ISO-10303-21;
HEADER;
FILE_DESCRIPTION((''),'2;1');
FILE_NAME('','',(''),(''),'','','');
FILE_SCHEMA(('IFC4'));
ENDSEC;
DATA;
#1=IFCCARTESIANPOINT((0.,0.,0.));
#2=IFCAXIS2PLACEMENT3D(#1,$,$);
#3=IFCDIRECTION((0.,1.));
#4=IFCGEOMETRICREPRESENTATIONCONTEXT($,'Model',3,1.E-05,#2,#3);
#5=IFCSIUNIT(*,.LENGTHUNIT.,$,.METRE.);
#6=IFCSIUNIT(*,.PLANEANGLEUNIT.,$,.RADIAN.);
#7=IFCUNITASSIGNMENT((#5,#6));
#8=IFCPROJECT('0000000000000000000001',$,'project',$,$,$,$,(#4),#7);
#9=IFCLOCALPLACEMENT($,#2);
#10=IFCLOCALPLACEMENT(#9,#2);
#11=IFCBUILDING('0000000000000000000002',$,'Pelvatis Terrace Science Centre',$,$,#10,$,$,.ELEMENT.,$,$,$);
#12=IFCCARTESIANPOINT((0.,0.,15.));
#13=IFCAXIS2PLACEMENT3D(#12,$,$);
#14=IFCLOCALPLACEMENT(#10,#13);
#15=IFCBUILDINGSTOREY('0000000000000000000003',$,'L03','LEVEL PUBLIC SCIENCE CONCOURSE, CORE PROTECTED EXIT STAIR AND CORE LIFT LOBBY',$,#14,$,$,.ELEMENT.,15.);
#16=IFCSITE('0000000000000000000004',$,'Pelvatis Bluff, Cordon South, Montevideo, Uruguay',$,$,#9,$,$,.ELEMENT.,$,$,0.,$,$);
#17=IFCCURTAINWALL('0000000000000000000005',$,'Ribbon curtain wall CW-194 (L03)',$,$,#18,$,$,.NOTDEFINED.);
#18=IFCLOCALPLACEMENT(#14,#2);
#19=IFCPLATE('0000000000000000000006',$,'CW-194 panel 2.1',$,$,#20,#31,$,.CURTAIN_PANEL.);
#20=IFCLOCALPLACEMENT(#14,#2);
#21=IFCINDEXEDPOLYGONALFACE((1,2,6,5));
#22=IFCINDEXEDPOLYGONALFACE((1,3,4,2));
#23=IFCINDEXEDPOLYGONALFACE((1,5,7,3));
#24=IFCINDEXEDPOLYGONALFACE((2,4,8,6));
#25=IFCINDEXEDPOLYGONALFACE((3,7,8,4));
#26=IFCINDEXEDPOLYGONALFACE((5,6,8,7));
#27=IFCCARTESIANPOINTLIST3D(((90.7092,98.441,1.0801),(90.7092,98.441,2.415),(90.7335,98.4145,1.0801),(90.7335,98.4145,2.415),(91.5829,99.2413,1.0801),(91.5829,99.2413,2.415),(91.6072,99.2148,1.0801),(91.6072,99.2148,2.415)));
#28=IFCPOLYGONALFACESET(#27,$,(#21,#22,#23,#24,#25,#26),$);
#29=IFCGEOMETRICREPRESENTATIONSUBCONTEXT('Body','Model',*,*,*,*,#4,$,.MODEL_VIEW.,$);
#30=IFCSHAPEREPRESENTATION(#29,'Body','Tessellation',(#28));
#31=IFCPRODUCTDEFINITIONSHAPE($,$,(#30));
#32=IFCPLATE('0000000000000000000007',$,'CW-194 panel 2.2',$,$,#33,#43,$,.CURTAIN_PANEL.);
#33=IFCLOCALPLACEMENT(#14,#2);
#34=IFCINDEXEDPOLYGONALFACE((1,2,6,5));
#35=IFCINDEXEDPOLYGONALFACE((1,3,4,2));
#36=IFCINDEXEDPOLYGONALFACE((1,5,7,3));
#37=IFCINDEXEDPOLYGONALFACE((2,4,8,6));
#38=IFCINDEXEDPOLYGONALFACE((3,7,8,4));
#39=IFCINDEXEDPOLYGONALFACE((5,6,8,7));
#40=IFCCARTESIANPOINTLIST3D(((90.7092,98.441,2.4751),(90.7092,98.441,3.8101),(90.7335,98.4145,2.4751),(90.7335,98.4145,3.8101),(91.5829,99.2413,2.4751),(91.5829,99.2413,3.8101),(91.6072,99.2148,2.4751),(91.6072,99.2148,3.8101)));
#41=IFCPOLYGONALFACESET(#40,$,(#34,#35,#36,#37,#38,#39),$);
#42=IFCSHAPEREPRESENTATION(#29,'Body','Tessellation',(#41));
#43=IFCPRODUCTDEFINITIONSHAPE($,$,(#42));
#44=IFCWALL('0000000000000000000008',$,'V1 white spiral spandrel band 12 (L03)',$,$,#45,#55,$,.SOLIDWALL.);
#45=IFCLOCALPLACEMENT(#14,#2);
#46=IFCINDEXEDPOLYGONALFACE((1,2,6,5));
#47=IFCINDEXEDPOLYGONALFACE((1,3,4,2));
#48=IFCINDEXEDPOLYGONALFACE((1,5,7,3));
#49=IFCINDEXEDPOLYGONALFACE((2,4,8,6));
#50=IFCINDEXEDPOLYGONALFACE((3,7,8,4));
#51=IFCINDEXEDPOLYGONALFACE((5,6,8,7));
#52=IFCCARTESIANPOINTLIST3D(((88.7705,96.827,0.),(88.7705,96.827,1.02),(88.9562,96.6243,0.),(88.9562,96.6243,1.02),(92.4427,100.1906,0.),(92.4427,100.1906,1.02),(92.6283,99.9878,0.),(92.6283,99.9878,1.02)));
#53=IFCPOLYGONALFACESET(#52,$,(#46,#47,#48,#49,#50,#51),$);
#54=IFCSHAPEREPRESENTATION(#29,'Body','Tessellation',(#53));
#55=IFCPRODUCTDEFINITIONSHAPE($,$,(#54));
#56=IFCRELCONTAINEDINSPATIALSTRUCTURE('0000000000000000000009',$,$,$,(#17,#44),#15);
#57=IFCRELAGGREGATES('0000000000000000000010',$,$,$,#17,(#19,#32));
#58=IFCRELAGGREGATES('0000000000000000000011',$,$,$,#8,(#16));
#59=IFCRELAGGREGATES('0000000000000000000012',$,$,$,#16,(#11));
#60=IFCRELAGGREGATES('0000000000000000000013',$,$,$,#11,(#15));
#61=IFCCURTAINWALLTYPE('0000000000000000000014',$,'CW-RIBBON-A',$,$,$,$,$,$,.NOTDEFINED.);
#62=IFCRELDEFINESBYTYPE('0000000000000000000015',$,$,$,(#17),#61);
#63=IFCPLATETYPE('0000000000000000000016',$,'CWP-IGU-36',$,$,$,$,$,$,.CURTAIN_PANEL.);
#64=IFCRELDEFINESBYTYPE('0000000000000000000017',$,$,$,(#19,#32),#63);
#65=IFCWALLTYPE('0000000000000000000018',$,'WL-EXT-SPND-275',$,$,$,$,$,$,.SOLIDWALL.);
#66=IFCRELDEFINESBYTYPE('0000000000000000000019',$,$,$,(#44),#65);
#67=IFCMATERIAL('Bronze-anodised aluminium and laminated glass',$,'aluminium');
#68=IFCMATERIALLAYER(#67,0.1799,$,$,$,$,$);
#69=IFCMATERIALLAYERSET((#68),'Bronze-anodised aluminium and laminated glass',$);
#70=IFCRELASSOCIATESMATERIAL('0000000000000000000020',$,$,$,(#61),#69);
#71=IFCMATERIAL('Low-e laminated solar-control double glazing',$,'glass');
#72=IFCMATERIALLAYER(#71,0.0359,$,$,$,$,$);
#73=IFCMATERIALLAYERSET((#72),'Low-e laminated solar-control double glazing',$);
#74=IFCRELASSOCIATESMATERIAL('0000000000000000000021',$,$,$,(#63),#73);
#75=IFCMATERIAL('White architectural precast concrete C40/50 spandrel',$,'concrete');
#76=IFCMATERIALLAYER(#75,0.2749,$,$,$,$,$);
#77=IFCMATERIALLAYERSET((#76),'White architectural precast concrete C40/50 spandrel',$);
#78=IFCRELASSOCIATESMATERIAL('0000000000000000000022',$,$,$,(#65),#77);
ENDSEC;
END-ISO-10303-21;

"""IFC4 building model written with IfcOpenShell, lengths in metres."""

from ifc_helpers import new_model, si_unit, direction, frame, frame_2d, origin, origin_2d, place, context, subcontext, project, spatial, rectangle, extrude, material, layer, layer_set, type_object, element, aggregate, save


model = new_model("IFC4")

# Units and contexts
model_context = context("Model", 3, precision=1e-05, world=origin(), true_north=direction((0.0, 1.0)))
body_context = subcontext(model_context, "Body", "Model", "MODEL_VIEW")
ifc_project = project(units=[si_unit("LENGTHUNIT", "METRE"), si_unit("PLANEANGLEUNIT", "RADIAN")], contexts=[model_context])

# Site, building, storey
site_placement = place(None, origin())
site = spatial("IfcSite", under=ifc_project, at=site_placement, Name="Pelvatis Bluff, Cordon South, Montevideo, Uruguay", CompositionType="ELEMENT", RefElevation=0.0)
building_placement = place(site_placement, origin())
building = spatial("IfcBuilding", under=site, at=building_placement, Name="Pelvatis Terrace Science Centre", CompositionType="ELEMENT")
storey_placement = place(building_placement, frame((0.0, 0.0, 15.0)))
storey = spatial("IfcBuildingStorey", under=building, at=storey_placement, Name="L03", Description="LEVEL PUBLIC SCIENCE CONCOURSE, CORE PROTECTED EXIT STAIR AND CORE LIFT LOBBY", CompositionType="ELEMENT", Elevation=15.0)

# Curtain wall
ifc_material_1 = material(Name="Bronze-anodised aluminium and laminated glass", Category="aluminium")
ifc_layer_1 = layer(ifc_material_1, 0.1799)
ifc_layer_set_1 = layer_set([ifc_layer_1], Name="Bronze-anodised aluminium and laminated glass")
curtain_wall_type = type_object("IfcCurtainWallType", Name="CW-RIBBON-A", PredefinedType="NOTDEFINED", material=ifc_layer_set_1)
curtain_wall_1_placement = place(storey_placement, origin())
curtain_wall_1 = element("IfcCurtainWall", 1, at=curtain_wall_1_placement, inside=storey, type_object=curtain_wall_type, Name="Ribbon curtain wall CW-194 (L03)", PredefinedType="NOTDEFINED")

# Plates
ifc_material_2 = material(Name="Low-e laminated solar-control double glazing", Category="glass")
ifc_layer_2 = layer(ifc_material_2, 0.0359)
ifc_layer_set_2 = layer_set([ifc_layer_2], Name="Low-e laminated solar-control double glazing")
plate_type = type_object("IfcPlateType", Name="CWP-IGU-36", PredefinedType="CURTAIN_PANEL", material=ifc_layer_set_2)
plate_1_placement = place(storey_placement, frame((91.1582, 98.8279, 1.0801), z_axis=(0.0, 0.0, 1.0), x_axis=(-0.737404, -0.675452, 0.0)))
plate_1 = element("IfcPlate", 2, at=plate_1_placement, type_object=plate_type, Name="CW-194 panel 2.1", PredefinedType="CURTAIN_PANEL", context=body_context, shape_type="SweptSolid", body=[
    extrude(rectangle(XDim=1.1848, YDim=0.0359, at=origin_2d()), origin(), (0.0, 0.0, 1.0), 1.335),
])
plate_2_placement = place(storey_placement, frame((91.1582, 98.8279, 2.4751), z_axis=(0.0, 0.0, 1.0), x_axis=(-0.737404, -0.675452, 0.0)))
plate_2 = element("IfcPlate", 3, at=plate_2_placement, type_object=plate_type, Name="CW-194 panel 2.2", PredefinedType="CURTAIN_PANEL", context=body_context, shape_type="SweptSolid", body=[
    extrude(rectangle(XDim=1.1848, YDim=0.0359, at=origin_2d()), origin(), (0.0, 0.0, 1.0), 1.335),
])
aggregate(curtain_wall_1, [plate_1, plate_2])

# Wall
ifc_material_3 = material(Name="White architectural precast concrete C40/50 spandrel", Category="concrete")
ifc_layer_3 = layer(ifc_material_3, 0.2749)
ifc_layer_set_3 = layer_set([ifc_layer_3], Name="White architectural precast concrete C40/50 spandrel")
wall_type = type_object("IfcWallType", Name="WL-EXT-SPND-275", PredefinedType="SOLIDWALL", material=ifc_layer_set_3)
wall_placement = place(storey_placement, frame((92.5354, 100.0891, 0.0), z_axis=(0.0, 0.0, 1.0), x_axis=(-0.737413, -0.675443, 0.0)))
element("IfcWall", 4, at=wall_placement, inside=storey, type_object=wall_type, Name="V1 white spiral spandrel band 12 (L03)", PredefinedType="SOLIDWALL", context=body_context, shape_type="SweptSolid", body=[
    extrude(rectangle(XDim=4.9797, YDim=0.2749, at=frame_2d((2.4897, 0.0))), origin(), (0.0, 0.0, 1.0), 1.02),
])

save(model, "model.ifc")
